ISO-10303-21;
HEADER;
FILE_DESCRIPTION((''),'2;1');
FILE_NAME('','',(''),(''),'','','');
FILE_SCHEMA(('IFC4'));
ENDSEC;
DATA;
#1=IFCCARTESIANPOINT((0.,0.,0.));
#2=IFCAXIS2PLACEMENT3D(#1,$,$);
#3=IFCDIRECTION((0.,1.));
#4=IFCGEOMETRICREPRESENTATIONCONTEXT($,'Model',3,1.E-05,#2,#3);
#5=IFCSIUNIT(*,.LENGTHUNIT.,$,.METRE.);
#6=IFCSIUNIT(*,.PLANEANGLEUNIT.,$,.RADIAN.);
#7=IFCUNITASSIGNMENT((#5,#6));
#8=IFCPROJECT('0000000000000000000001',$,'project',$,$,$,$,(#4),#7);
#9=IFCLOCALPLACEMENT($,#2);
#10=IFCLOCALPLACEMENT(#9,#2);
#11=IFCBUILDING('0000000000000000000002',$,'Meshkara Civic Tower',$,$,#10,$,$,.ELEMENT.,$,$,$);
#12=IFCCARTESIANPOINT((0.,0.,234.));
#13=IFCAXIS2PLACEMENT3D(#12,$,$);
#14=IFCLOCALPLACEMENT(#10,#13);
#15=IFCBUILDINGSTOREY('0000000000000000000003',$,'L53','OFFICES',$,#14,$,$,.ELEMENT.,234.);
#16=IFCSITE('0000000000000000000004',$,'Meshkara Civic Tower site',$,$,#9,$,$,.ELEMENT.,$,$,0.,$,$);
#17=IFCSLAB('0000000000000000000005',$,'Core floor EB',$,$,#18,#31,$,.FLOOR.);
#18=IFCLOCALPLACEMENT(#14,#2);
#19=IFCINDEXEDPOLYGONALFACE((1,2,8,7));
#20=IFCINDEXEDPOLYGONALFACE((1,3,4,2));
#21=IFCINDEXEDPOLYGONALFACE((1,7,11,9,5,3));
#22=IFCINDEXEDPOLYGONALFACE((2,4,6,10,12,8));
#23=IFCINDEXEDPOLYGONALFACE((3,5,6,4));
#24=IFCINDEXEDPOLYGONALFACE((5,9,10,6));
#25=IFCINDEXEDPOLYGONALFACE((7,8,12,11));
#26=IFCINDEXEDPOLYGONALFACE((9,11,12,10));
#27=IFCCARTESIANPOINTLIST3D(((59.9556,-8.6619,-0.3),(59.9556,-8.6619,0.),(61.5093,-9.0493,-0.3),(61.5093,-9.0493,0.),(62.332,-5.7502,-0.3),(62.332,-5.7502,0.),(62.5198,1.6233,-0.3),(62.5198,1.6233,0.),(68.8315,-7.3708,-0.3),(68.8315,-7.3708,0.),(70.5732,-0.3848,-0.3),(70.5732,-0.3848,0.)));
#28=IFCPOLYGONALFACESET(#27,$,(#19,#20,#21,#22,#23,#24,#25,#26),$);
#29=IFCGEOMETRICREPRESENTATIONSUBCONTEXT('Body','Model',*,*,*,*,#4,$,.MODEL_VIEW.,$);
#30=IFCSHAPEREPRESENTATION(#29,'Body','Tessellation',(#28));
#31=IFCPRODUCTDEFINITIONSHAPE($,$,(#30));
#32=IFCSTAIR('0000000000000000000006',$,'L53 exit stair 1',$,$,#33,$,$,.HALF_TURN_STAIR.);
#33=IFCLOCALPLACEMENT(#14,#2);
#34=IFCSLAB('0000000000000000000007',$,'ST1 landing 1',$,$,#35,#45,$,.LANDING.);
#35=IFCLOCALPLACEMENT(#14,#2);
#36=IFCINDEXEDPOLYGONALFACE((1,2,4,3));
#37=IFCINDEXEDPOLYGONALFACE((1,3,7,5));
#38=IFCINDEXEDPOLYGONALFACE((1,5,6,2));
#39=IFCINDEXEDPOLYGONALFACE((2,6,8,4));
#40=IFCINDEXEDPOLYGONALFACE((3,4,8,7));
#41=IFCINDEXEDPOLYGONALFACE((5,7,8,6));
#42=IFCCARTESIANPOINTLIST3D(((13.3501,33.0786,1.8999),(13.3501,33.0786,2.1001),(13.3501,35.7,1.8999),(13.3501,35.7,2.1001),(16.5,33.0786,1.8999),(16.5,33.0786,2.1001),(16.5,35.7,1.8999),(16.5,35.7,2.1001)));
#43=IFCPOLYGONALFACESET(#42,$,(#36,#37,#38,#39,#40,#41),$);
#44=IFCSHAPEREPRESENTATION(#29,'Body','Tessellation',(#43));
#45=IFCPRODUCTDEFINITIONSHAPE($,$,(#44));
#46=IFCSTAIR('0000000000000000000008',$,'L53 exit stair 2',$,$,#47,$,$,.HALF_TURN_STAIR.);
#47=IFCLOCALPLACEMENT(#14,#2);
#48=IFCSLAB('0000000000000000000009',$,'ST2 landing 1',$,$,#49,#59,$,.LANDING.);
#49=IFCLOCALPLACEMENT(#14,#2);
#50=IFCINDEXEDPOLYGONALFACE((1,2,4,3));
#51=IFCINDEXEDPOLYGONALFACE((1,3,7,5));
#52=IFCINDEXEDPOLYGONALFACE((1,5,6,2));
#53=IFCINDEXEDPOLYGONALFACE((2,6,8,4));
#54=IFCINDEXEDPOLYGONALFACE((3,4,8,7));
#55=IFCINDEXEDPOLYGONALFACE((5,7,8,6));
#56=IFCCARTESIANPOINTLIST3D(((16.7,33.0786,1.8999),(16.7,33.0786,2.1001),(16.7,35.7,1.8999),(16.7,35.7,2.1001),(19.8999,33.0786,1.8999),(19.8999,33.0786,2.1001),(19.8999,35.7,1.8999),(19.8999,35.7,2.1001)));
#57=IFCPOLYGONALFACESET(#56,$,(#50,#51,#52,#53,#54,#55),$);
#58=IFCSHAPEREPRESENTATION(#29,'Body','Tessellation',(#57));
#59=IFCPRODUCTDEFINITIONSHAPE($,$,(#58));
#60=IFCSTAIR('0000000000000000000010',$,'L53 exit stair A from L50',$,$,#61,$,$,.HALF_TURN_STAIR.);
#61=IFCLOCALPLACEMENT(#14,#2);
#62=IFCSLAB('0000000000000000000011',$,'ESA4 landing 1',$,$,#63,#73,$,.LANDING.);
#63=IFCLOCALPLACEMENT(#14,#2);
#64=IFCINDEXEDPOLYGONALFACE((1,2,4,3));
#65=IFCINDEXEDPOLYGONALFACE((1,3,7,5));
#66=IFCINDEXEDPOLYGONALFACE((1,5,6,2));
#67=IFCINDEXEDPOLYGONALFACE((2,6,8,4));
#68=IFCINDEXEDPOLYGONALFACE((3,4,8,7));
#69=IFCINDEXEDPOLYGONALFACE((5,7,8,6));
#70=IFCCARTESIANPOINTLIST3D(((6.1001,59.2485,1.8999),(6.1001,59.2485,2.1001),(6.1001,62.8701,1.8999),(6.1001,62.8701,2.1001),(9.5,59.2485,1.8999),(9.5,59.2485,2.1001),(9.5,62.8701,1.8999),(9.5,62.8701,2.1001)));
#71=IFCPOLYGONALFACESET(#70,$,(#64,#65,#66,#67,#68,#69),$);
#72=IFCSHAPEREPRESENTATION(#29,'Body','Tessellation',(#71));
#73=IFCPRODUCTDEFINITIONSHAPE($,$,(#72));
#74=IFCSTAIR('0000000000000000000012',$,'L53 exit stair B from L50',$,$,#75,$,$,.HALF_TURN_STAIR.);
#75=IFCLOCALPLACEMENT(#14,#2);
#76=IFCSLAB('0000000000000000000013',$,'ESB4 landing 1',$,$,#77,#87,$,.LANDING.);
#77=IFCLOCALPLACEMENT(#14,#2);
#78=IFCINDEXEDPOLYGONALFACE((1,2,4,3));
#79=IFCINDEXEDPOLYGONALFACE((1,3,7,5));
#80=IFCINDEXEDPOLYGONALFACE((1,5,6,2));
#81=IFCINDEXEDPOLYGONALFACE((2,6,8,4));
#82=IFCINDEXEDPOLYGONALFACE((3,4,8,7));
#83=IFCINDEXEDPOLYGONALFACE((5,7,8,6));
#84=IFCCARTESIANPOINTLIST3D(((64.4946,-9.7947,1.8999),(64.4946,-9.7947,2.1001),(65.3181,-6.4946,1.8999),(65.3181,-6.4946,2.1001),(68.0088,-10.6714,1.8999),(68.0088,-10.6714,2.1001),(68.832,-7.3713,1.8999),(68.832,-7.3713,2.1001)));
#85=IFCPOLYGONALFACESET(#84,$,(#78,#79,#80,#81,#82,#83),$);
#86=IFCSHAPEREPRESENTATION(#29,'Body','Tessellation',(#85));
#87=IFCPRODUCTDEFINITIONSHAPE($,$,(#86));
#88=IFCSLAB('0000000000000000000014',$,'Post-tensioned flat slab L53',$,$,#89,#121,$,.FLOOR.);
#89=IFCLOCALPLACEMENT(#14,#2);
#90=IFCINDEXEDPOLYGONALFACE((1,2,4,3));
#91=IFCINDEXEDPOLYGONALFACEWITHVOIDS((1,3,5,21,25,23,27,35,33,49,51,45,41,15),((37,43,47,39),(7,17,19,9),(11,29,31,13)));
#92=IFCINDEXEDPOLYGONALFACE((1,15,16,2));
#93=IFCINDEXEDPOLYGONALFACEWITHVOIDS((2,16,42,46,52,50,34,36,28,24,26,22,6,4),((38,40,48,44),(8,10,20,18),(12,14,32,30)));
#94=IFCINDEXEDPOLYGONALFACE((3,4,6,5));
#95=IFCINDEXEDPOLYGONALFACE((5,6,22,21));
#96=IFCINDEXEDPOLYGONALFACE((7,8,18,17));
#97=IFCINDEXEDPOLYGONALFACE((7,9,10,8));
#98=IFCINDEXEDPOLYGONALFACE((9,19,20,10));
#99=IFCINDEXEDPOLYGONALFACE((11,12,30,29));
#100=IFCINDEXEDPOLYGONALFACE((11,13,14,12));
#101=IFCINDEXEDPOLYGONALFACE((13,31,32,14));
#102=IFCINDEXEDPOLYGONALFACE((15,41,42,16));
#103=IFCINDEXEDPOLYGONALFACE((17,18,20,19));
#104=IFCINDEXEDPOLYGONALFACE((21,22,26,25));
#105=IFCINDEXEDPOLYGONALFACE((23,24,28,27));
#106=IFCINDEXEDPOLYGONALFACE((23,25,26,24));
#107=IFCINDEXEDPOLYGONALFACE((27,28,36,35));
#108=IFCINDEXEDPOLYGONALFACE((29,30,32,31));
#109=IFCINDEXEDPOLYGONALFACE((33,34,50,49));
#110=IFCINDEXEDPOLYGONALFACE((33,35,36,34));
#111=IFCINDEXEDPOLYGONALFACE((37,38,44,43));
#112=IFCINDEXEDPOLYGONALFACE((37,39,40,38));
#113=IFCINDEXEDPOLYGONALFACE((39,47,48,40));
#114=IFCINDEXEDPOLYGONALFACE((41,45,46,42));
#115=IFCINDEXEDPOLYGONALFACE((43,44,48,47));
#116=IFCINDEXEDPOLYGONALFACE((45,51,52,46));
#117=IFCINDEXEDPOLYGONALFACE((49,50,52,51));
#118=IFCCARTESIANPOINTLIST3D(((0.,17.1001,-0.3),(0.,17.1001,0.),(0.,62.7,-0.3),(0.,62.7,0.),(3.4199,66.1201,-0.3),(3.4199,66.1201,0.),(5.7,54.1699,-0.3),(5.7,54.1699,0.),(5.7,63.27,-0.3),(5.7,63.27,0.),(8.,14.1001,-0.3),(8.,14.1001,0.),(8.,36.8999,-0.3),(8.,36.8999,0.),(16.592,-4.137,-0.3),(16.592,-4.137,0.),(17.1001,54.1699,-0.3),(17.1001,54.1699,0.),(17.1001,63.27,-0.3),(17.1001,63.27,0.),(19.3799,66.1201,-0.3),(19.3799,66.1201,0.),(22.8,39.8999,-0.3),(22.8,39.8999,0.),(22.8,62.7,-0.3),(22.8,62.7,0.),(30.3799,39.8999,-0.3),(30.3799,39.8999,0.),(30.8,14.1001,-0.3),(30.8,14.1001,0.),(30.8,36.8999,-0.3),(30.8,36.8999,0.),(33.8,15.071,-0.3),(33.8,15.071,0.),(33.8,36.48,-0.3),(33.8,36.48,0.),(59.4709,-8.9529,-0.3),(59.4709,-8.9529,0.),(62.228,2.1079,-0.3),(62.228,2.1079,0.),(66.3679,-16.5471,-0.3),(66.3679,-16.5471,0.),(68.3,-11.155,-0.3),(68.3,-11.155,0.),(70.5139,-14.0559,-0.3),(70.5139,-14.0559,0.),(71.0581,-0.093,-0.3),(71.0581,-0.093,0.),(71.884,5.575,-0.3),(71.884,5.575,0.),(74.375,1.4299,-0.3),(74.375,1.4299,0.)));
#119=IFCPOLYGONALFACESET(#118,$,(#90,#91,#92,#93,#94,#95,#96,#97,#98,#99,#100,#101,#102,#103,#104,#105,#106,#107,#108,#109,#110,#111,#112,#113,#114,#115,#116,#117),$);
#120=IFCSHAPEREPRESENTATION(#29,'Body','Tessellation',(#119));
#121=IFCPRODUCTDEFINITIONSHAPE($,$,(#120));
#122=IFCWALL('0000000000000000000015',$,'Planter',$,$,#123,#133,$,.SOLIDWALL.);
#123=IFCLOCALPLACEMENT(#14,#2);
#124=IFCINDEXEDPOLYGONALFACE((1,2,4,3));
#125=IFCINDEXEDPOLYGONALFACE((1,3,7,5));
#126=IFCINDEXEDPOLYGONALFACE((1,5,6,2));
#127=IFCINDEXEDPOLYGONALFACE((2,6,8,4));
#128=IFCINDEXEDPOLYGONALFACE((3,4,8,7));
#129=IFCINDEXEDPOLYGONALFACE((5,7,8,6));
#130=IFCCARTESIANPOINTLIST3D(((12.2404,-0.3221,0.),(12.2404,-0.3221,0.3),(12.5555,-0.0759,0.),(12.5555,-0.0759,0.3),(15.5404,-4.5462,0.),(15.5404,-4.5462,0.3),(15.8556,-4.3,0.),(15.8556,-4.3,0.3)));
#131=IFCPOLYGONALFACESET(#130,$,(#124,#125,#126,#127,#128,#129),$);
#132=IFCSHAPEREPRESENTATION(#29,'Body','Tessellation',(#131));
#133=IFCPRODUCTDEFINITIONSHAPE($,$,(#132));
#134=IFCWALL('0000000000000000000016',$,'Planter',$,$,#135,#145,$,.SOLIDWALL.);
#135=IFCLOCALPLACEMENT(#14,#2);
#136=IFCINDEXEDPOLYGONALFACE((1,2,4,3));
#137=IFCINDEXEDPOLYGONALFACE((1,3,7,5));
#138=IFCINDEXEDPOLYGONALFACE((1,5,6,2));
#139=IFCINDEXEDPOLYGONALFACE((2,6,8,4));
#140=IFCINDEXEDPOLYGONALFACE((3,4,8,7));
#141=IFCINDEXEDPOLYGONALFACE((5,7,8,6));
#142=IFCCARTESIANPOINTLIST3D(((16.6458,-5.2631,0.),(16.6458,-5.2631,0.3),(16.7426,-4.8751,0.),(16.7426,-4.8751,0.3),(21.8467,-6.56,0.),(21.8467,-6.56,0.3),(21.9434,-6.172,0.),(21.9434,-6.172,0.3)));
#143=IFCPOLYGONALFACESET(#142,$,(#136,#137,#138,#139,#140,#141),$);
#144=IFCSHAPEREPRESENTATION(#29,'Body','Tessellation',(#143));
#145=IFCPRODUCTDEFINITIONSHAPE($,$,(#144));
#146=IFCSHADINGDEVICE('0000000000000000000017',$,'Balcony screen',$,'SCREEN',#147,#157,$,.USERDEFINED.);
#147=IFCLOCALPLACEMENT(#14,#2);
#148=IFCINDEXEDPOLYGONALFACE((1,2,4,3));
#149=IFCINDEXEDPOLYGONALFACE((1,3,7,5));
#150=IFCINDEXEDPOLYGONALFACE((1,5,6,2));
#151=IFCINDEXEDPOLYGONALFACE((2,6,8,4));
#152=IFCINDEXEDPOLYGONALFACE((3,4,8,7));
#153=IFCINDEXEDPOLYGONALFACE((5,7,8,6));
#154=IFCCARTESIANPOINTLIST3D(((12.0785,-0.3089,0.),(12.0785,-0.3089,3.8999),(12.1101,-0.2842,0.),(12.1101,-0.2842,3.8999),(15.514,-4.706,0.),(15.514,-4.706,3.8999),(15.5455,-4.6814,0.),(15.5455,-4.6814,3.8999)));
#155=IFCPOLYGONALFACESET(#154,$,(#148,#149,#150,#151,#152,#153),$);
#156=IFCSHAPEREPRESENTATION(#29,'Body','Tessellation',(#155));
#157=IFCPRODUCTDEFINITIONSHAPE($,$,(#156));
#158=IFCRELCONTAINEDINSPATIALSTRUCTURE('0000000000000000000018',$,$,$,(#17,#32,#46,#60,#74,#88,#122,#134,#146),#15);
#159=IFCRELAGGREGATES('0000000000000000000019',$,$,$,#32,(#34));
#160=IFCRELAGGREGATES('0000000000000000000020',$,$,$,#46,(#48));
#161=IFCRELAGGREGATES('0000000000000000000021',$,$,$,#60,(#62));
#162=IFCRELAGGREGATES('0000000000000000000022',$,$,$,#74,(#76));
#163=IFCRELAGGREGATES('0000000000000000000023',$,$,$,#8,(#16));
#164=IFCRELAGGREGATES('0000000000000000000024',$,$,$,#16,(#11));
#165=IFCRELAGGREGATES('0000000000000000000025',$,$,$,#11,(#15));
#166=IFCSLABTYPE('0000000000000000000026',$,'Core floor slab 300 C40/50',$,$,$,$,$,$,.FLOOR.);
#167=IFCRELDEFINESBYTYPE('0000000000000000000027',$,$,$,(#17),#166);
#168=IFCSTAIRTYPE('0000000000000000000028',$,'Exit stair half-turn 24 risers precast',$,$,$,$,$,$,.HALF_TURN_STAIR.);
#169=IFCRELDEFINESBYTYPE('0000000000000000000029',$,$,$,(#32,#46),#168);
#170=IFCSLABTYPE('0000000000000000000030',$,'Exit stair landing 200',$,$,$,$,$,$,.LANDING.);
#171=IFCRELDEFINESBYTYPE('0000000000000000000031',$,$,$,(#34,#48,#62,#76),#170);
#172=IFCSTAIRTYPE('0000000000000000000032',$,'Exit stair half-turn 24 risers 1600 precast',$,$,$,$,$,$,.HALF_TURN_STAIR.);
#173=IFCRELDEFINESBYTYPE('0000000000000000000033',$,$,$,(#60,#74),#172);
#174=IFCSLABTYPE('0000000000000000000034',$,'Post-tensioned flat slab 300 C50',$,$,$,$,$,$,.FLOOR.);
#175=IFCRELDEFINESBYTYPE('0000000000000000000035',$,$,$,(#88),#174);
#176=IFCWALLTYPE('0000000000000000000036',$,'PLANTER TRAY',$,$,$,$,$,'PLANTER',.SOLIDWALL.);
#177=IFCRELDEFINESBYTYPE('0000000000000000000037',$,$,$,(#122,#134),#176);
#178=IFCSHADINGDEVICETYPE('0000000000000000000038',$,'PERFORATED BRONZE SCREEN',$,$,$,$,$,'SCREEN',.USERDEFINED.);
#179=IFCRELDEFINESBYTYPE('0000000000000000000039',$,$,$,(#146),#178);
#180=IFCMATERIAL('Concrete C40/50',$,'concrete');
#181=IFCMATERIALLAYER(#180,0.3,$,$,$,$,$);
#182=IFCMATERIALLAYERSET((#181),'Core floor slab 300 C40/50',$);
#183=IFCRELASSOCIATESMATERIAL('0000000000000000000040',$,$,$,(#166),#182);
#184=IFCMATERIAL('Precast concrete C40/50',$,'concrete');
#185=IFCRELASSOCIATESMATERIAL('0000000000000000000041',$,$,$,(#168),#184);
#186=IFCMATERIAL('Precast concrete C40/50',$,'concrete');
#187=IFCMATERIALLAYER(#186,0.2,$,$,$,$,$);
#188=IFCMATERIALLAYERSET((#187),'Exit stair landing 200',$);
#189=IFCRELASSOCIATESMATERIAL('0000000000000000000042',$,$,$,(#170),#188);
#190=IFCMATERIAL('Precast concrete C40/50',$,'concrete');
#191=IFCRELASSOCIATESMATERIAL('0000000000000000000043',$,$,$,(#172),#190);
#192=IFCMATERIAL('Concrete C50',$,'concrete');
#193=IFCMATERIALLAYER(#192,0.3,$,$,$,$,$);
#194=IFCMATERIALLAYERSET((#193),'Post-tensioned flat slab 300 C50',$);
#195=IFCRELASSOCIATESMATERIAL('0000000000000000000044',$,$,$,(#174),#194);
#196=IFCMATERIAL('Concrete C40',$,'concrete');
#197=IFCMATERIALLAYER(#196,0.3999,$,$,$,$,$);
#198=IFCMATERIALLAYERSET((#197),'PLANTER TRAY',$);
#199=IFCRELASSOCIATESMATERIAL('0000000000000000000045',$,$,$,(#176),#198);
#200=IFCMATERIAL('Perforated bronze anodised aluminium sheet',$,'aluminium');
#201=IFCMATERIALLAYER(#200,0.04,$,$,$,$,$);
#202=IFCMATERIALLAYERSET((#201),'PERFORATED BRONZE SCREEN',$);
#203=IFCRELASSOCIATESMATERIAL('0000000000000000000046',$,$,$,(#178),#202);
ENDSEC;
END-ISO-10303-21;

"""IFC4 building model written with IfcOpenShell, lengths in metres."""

from ifc_helpers import new_model, si_unit, direction, frame, frame_2d, origin, origin_2d, place, context, subcontext, project, spatial, polyline, rectangle, outline, extrude, material, layer, layer_set, type_object, element, aggregate, save


model = new_model("IFC4")

# Units and contexts
model_context = context("Model", 3, precision=1e-05, world=origin(), true_north=direction((0.0, 1.0)))
body_context = subcontext(model_context, "Body", "Model", "MODEL_VIEW")
ifc_project = project(units=[si_unit("LENGTHUNIT", "METRE"), si_unit("PLANEANGLEUNIT", "RADIAN")], contexts=[model_context])

# Site, building, storey
site_placement = place(None, origin())
site = spatial("IfcSite", under=ifc_project, at=site_placement, Name="Meshkara Civic Tower site", CompositionType="ELEMENT", RefElevation=0.0)
building_placement = place(site_placement, origin())
building = spatial("IfcBuilding", under=site, at=building_placement, Name="Meshkara Civic Tower", CompositionType="ELEMENT")
storey_placement = place(building_placement, frame((0.0, 0.0, 234.0)))
storey = spatial("IfcBuildingStorey", under=building, at=storey_placement, Name="L53", Description="OFFICES", CompositionType="ELEMENT", Elevation=234.0)

# Slab
ifc_material_1 = material(Name="Concrete C40/50", Category="concrete")
ifc_layer_1 = layer(ifc_material_1, 0.3)
ifc_layer_set_1 = layer_set([ifc_layer_1], Name="Core floor slab 300 C40/50")
slab_type_1 = type_object("IfcSlabType", Name="Core floor slab 300 C40/50", PredefinedType="FLOOR", material=ifc_layer_set_1)
slab_1_placement = place(storey_placement, frame((0.0, 0.0, -0.3)))
element("IfcSlab", 1, at=slab_1_placement, inside=storey, type_object=slab_type_1, Name="Core floor EB", PredefinedType="FLOOR", context=body_context, shape_type="SweptSolid", body=[
    extrude(outline(polyline([(62.5198, 1.6233), (70.5732, -0.3848), (68.8315, -7.3708), (62.332, -5.7502), (61.5093, -9.0493), (59.9556, -8.6619), (62.5198, 1.6233)])), origin(), (0.0, 0.0, 1.0), 0.3),
])

# Stairs, slabs
ifc_material_2 = material(Name="Precast concrete C40/50", Category="concrete")
stair_type_1 = type_object("IfcStairType", Name="Exit stair half-turn 24 risers precast", PredefinedType="HALF_TURN_STAIR", material=ifc_material_2)
stair_1_placement = place(storey_placement, origin())
stair_1 = element("IfcStair", 2, at=stair_1_placement, inside=storey, type_object=stair_type_1, Name="L53 exit stair 1", PredefinedType="HALF_TURN_STAIR")
ifc_material_3 = material(Name="Precast concrete C40/50", Category="concrete")
ifc_layer_2 = layer(ifc_material_3, 0.2)
ifc_layer_set_2 = layer_set([ifc_layer_2], Name="Exit stair landing 200")
slab_type_2 = type_object("IfcSlabType", Name="Exit stair landing 200", PredefinedType="LANDING", material=ifc_layer_set_2)
slab_2_placement = place(storey_placement, frame((0.0, 0.0, 1.8999)))
slab_2 = element("IfcSlab", 3, at=slab_2_placement, type_object=slab_type_2, Name="ST1 landing 1", PredefinedType="LANDING", context=body_context, shape_type="SweptSolid", body=[
    extrude(outline(polyline([(16.5, 33.0786), (16.5, 35.7), (13.3501, 35.7), (13.3501, 33.0786), (16.5, 33.0786)])), origin(), (0.0, 0.0, 1.0), 0.2002),
])
aggregate(stair_1, [slab_2])
stair_2_placement = place(storey_placement, origin())
stair_2 = element("IfcStair", 4, at=stair_2_placement, inside=storey, type_object=stair_type_1, Name="L53 exit stair 2", PredefinedType="HALF_TURN_STAIR")
slab_3_placement = place(storey_placement, frame((0.0, 0.0, 1.8999)))
slab_3 = element("IfcSlab", 5, at=slab_3_placement, type_object=slab_type_2, Name="ST2 landing 1", PredefinedType="LANDING", context=body_context, shape_type="SweptSolid", body=[
    extrude(outline(polyline([(19.8999, 33.0786), (19.8999, 35.7), (16.7, 35.7), (16.7, 33.0786), (19.8999, 33.0786)])), origin(), (0.0, 0.0, 1.0), 0.2002),
])
aggregate(stair_2, [slab_3])
ifc_material_4 = material(Name="Precast concrete C40/50", Category="concrete")
stair_type_2 = type_object("IfcStairType", Name="Exit stair half-turn 24 risers 1600 precast", PredefinedType="HALF_TURN_STAIR", material=ifc_material_4)
stair_3_placement = place(storey_placement, origin())
stair_3 = element("IfcStair", 6, at=stair_3_placement, inside=storey, type_object=stair_type_2, Name="L53 exit stair A from L50", PredefinedType="HALF_TURN_STAIR")
slab_4_placement = place(storey_placement, frame((0.0, 0.0, 1.8999)))
slab_4 = element("IfcSlab", 7, at=slab_4_placement, type_object=slab_type_2, Name="ESA4 landing 1", PredefinedType="LANDING", context=body_context, shape_type="SweptSolid", body=[
    extrude(outline(polyline([(9.5, 59.2485), (9.5, 62.8701), (6.1001, 62.8701), (6.1001, 59.2485), (9.5, 59.2485)])), origin(), (0.0, 0.0, 1.0), 0.2002),
])
aggregate(stair_3, [slab_4])
stair_4_placement = place(storey_placement, origin())
stair_4 = element("IfcStair", 8, at=stair_4_placement, inside=storey, type_object=stair_type_2, Name="L53 exit stair B from L50", PredefinedType="HALF_TURN_STAIR")
slab_5_placement = place(storey_placement, frame((0.0, 0.0, 1.8999)))
slab_5 = element("IfcSlab", 9, at=slab_5_placement, type_object=slab_type_2, Name="ESB4 landing 1", PredefinedType="LANDING", context=body_context, shape_type="SweptSolid", body=[
    extrude(outline(polyline([(64.4946, -9.7947), (68.0088, -10.6714), (68.832, -7.3713), (65.3181, -6.4946), (64.4946, -9.7947)])), origin(), (0.0, 0.0, 1.0), 0.2002),
])
aggregate(stair_4, [slab_5])

# Slab
ifc_material_5 = material(Name="Concrete C50", Category="concrete")
ifc_layer_3 = layer(ifc_material_5, 0.3)
ifc_layer_set_3 = layer_set([ifc_layer_3], Name="Post-tensioned flat slab 300 C50")
slab_type_3 = type_object("IfcSlabType", Name="Post-tensioned flat slab 300 C50", PredefinedType="FLOOR", material=ifc_layer_set_3)
slab_6_placement = place(storey_placement, frame((0.0, 0.0, -0.3)))
element("IfcSlab", 10, at=slab_6_placement, inside=storey, type_object=slab_type_3, Name="Post-tensioned flat slab L53", PredefinedType="FLOOR", context=body_context, shape_type="SweptSolid", body=[
    extrude(outline(polyline([(70.5139, -14.0559), (66.3679, -16.5471), (16.592, -4.137), (0.0, 17.1001), (0.0, 62.7), (3.4199, 66.1201), (19.3799, 66.1201), (22.8, 62.7), (22.8, 39.8999), (30.3799, 39.8999), (33.8, 36.48), (33.8, 15.071), (71.884, 5.575), (74.375, 1.4299), (70.5139, -14.0559)]), holes=[polyline([(68.3, -11.155), (71.0581, -0.093), (62.228, 2.1079), (59.4709, -8.9529), (68.3, -11.155)]), polyline([(8.0, 14.1001), (30.8, 14.1001), (30.8, 36.8999), (8.0, 36.8999), (8.0, 14.1001)]), polyline([(5.7, 63.27), (5.7, 54.1699), (17.1001, 54.1699), (17.1001, 63.27), (5.7, 63.27)])]), origin(), (0.0, 0.0, 1.0), 0.3),
])

# Walls
ifc_material_6 = material(Name="Concrete C40", Category="concrete")
ifc_layer_4 = layer(ifc_material_6, 0.3999)
ifc_layer_set_4 = layer_set([ifc_layer_4], Name="PLANTER TRAY")
wall_type = type_object("IfcWallType", Name="PLANTER TRAY", ElementType="PLANTER", PredefinedType="SOLIDWALL", material=ifc_layer_set_4)
wall_1_placement = place(storey_placement, frame((12.3979, -0.199, 0.0), z_axis=(0.0, 0.0, 1.0), x_axis=(0.615639, -0.788029, 0.0)))
element("IfcWall", 11, at=wall_1_placement, inside=storey, type_object=wall_type, Name="Planter", PredefinedType="SOLIDWALL", context=body_context, shape_type="SweptSolid", body=[
    extrude(rectangle(XDim=5.3604, YDim=0.3999, at=frame_2d((2.6802, 0.0))), origin(), (0.0, 0.0, 1.0), 0.3),
])
wall_2_placement = place(storey_placement, frame((16.6941, -5.0691, 0.0), z_axis=(0.0, 0.0, 1.0), x_axis=(0.97029, -0.241946, 0.0)))
element("IfcWall", 12, at=wall_2_placement, inside=storey, type_object=wall_type, Name="Planter", PredefinedType="SOLIDWALL", context=body_context, shape_type="SweptSolid", body=[
    extrude(rectangle(XDim=5.3601, YDim=0.3999, at=frame_2d((2.6802, 0.0))), origin(), (0.0, 0.0, 1.0), 0.3),
])

# Shading device
ifc_material_7 = material(Name="Perforated bronze anodised aluminium sheet", Category="aluminium")
ifc_layer_5 = layer(ifc_material_7, 0.04)
ifc_layer_set_5 = layer_set([ifc_layer_5], Name="PERFORATED BRONZE SCREEN")
shading_device_type = type_object("IfcShadingDeviceType", Name="PERFORATED BRONZE SCREEN", ElementType="SCREEN", PredefinedType="USERDEFINED", material=ifc_layer_set_5)
shading_device_placement = place(storey_placement, frame((13.812, -2.4951, 0.0), z_axis=(0.0, 0.0, 1.0), x_axis=(0.615661, -0.788011, 0.0)))
element("IfcShadingDevice", 13, at=shading_device_placement, inside=storey, type_object=shading_device_type, Name="Balcony screen", ObjectType="SCREEN", PredefinedType="USERDEFINED", context=body_context, shape_type="SweptSolid", body=[
    extrude(rectangle(XDim=5.5801, YDim=0.04, at=origin_2d()), origin(), (0.0, 0.0, 1.0), 3.8999),
])

save(model, "model.ifc")
